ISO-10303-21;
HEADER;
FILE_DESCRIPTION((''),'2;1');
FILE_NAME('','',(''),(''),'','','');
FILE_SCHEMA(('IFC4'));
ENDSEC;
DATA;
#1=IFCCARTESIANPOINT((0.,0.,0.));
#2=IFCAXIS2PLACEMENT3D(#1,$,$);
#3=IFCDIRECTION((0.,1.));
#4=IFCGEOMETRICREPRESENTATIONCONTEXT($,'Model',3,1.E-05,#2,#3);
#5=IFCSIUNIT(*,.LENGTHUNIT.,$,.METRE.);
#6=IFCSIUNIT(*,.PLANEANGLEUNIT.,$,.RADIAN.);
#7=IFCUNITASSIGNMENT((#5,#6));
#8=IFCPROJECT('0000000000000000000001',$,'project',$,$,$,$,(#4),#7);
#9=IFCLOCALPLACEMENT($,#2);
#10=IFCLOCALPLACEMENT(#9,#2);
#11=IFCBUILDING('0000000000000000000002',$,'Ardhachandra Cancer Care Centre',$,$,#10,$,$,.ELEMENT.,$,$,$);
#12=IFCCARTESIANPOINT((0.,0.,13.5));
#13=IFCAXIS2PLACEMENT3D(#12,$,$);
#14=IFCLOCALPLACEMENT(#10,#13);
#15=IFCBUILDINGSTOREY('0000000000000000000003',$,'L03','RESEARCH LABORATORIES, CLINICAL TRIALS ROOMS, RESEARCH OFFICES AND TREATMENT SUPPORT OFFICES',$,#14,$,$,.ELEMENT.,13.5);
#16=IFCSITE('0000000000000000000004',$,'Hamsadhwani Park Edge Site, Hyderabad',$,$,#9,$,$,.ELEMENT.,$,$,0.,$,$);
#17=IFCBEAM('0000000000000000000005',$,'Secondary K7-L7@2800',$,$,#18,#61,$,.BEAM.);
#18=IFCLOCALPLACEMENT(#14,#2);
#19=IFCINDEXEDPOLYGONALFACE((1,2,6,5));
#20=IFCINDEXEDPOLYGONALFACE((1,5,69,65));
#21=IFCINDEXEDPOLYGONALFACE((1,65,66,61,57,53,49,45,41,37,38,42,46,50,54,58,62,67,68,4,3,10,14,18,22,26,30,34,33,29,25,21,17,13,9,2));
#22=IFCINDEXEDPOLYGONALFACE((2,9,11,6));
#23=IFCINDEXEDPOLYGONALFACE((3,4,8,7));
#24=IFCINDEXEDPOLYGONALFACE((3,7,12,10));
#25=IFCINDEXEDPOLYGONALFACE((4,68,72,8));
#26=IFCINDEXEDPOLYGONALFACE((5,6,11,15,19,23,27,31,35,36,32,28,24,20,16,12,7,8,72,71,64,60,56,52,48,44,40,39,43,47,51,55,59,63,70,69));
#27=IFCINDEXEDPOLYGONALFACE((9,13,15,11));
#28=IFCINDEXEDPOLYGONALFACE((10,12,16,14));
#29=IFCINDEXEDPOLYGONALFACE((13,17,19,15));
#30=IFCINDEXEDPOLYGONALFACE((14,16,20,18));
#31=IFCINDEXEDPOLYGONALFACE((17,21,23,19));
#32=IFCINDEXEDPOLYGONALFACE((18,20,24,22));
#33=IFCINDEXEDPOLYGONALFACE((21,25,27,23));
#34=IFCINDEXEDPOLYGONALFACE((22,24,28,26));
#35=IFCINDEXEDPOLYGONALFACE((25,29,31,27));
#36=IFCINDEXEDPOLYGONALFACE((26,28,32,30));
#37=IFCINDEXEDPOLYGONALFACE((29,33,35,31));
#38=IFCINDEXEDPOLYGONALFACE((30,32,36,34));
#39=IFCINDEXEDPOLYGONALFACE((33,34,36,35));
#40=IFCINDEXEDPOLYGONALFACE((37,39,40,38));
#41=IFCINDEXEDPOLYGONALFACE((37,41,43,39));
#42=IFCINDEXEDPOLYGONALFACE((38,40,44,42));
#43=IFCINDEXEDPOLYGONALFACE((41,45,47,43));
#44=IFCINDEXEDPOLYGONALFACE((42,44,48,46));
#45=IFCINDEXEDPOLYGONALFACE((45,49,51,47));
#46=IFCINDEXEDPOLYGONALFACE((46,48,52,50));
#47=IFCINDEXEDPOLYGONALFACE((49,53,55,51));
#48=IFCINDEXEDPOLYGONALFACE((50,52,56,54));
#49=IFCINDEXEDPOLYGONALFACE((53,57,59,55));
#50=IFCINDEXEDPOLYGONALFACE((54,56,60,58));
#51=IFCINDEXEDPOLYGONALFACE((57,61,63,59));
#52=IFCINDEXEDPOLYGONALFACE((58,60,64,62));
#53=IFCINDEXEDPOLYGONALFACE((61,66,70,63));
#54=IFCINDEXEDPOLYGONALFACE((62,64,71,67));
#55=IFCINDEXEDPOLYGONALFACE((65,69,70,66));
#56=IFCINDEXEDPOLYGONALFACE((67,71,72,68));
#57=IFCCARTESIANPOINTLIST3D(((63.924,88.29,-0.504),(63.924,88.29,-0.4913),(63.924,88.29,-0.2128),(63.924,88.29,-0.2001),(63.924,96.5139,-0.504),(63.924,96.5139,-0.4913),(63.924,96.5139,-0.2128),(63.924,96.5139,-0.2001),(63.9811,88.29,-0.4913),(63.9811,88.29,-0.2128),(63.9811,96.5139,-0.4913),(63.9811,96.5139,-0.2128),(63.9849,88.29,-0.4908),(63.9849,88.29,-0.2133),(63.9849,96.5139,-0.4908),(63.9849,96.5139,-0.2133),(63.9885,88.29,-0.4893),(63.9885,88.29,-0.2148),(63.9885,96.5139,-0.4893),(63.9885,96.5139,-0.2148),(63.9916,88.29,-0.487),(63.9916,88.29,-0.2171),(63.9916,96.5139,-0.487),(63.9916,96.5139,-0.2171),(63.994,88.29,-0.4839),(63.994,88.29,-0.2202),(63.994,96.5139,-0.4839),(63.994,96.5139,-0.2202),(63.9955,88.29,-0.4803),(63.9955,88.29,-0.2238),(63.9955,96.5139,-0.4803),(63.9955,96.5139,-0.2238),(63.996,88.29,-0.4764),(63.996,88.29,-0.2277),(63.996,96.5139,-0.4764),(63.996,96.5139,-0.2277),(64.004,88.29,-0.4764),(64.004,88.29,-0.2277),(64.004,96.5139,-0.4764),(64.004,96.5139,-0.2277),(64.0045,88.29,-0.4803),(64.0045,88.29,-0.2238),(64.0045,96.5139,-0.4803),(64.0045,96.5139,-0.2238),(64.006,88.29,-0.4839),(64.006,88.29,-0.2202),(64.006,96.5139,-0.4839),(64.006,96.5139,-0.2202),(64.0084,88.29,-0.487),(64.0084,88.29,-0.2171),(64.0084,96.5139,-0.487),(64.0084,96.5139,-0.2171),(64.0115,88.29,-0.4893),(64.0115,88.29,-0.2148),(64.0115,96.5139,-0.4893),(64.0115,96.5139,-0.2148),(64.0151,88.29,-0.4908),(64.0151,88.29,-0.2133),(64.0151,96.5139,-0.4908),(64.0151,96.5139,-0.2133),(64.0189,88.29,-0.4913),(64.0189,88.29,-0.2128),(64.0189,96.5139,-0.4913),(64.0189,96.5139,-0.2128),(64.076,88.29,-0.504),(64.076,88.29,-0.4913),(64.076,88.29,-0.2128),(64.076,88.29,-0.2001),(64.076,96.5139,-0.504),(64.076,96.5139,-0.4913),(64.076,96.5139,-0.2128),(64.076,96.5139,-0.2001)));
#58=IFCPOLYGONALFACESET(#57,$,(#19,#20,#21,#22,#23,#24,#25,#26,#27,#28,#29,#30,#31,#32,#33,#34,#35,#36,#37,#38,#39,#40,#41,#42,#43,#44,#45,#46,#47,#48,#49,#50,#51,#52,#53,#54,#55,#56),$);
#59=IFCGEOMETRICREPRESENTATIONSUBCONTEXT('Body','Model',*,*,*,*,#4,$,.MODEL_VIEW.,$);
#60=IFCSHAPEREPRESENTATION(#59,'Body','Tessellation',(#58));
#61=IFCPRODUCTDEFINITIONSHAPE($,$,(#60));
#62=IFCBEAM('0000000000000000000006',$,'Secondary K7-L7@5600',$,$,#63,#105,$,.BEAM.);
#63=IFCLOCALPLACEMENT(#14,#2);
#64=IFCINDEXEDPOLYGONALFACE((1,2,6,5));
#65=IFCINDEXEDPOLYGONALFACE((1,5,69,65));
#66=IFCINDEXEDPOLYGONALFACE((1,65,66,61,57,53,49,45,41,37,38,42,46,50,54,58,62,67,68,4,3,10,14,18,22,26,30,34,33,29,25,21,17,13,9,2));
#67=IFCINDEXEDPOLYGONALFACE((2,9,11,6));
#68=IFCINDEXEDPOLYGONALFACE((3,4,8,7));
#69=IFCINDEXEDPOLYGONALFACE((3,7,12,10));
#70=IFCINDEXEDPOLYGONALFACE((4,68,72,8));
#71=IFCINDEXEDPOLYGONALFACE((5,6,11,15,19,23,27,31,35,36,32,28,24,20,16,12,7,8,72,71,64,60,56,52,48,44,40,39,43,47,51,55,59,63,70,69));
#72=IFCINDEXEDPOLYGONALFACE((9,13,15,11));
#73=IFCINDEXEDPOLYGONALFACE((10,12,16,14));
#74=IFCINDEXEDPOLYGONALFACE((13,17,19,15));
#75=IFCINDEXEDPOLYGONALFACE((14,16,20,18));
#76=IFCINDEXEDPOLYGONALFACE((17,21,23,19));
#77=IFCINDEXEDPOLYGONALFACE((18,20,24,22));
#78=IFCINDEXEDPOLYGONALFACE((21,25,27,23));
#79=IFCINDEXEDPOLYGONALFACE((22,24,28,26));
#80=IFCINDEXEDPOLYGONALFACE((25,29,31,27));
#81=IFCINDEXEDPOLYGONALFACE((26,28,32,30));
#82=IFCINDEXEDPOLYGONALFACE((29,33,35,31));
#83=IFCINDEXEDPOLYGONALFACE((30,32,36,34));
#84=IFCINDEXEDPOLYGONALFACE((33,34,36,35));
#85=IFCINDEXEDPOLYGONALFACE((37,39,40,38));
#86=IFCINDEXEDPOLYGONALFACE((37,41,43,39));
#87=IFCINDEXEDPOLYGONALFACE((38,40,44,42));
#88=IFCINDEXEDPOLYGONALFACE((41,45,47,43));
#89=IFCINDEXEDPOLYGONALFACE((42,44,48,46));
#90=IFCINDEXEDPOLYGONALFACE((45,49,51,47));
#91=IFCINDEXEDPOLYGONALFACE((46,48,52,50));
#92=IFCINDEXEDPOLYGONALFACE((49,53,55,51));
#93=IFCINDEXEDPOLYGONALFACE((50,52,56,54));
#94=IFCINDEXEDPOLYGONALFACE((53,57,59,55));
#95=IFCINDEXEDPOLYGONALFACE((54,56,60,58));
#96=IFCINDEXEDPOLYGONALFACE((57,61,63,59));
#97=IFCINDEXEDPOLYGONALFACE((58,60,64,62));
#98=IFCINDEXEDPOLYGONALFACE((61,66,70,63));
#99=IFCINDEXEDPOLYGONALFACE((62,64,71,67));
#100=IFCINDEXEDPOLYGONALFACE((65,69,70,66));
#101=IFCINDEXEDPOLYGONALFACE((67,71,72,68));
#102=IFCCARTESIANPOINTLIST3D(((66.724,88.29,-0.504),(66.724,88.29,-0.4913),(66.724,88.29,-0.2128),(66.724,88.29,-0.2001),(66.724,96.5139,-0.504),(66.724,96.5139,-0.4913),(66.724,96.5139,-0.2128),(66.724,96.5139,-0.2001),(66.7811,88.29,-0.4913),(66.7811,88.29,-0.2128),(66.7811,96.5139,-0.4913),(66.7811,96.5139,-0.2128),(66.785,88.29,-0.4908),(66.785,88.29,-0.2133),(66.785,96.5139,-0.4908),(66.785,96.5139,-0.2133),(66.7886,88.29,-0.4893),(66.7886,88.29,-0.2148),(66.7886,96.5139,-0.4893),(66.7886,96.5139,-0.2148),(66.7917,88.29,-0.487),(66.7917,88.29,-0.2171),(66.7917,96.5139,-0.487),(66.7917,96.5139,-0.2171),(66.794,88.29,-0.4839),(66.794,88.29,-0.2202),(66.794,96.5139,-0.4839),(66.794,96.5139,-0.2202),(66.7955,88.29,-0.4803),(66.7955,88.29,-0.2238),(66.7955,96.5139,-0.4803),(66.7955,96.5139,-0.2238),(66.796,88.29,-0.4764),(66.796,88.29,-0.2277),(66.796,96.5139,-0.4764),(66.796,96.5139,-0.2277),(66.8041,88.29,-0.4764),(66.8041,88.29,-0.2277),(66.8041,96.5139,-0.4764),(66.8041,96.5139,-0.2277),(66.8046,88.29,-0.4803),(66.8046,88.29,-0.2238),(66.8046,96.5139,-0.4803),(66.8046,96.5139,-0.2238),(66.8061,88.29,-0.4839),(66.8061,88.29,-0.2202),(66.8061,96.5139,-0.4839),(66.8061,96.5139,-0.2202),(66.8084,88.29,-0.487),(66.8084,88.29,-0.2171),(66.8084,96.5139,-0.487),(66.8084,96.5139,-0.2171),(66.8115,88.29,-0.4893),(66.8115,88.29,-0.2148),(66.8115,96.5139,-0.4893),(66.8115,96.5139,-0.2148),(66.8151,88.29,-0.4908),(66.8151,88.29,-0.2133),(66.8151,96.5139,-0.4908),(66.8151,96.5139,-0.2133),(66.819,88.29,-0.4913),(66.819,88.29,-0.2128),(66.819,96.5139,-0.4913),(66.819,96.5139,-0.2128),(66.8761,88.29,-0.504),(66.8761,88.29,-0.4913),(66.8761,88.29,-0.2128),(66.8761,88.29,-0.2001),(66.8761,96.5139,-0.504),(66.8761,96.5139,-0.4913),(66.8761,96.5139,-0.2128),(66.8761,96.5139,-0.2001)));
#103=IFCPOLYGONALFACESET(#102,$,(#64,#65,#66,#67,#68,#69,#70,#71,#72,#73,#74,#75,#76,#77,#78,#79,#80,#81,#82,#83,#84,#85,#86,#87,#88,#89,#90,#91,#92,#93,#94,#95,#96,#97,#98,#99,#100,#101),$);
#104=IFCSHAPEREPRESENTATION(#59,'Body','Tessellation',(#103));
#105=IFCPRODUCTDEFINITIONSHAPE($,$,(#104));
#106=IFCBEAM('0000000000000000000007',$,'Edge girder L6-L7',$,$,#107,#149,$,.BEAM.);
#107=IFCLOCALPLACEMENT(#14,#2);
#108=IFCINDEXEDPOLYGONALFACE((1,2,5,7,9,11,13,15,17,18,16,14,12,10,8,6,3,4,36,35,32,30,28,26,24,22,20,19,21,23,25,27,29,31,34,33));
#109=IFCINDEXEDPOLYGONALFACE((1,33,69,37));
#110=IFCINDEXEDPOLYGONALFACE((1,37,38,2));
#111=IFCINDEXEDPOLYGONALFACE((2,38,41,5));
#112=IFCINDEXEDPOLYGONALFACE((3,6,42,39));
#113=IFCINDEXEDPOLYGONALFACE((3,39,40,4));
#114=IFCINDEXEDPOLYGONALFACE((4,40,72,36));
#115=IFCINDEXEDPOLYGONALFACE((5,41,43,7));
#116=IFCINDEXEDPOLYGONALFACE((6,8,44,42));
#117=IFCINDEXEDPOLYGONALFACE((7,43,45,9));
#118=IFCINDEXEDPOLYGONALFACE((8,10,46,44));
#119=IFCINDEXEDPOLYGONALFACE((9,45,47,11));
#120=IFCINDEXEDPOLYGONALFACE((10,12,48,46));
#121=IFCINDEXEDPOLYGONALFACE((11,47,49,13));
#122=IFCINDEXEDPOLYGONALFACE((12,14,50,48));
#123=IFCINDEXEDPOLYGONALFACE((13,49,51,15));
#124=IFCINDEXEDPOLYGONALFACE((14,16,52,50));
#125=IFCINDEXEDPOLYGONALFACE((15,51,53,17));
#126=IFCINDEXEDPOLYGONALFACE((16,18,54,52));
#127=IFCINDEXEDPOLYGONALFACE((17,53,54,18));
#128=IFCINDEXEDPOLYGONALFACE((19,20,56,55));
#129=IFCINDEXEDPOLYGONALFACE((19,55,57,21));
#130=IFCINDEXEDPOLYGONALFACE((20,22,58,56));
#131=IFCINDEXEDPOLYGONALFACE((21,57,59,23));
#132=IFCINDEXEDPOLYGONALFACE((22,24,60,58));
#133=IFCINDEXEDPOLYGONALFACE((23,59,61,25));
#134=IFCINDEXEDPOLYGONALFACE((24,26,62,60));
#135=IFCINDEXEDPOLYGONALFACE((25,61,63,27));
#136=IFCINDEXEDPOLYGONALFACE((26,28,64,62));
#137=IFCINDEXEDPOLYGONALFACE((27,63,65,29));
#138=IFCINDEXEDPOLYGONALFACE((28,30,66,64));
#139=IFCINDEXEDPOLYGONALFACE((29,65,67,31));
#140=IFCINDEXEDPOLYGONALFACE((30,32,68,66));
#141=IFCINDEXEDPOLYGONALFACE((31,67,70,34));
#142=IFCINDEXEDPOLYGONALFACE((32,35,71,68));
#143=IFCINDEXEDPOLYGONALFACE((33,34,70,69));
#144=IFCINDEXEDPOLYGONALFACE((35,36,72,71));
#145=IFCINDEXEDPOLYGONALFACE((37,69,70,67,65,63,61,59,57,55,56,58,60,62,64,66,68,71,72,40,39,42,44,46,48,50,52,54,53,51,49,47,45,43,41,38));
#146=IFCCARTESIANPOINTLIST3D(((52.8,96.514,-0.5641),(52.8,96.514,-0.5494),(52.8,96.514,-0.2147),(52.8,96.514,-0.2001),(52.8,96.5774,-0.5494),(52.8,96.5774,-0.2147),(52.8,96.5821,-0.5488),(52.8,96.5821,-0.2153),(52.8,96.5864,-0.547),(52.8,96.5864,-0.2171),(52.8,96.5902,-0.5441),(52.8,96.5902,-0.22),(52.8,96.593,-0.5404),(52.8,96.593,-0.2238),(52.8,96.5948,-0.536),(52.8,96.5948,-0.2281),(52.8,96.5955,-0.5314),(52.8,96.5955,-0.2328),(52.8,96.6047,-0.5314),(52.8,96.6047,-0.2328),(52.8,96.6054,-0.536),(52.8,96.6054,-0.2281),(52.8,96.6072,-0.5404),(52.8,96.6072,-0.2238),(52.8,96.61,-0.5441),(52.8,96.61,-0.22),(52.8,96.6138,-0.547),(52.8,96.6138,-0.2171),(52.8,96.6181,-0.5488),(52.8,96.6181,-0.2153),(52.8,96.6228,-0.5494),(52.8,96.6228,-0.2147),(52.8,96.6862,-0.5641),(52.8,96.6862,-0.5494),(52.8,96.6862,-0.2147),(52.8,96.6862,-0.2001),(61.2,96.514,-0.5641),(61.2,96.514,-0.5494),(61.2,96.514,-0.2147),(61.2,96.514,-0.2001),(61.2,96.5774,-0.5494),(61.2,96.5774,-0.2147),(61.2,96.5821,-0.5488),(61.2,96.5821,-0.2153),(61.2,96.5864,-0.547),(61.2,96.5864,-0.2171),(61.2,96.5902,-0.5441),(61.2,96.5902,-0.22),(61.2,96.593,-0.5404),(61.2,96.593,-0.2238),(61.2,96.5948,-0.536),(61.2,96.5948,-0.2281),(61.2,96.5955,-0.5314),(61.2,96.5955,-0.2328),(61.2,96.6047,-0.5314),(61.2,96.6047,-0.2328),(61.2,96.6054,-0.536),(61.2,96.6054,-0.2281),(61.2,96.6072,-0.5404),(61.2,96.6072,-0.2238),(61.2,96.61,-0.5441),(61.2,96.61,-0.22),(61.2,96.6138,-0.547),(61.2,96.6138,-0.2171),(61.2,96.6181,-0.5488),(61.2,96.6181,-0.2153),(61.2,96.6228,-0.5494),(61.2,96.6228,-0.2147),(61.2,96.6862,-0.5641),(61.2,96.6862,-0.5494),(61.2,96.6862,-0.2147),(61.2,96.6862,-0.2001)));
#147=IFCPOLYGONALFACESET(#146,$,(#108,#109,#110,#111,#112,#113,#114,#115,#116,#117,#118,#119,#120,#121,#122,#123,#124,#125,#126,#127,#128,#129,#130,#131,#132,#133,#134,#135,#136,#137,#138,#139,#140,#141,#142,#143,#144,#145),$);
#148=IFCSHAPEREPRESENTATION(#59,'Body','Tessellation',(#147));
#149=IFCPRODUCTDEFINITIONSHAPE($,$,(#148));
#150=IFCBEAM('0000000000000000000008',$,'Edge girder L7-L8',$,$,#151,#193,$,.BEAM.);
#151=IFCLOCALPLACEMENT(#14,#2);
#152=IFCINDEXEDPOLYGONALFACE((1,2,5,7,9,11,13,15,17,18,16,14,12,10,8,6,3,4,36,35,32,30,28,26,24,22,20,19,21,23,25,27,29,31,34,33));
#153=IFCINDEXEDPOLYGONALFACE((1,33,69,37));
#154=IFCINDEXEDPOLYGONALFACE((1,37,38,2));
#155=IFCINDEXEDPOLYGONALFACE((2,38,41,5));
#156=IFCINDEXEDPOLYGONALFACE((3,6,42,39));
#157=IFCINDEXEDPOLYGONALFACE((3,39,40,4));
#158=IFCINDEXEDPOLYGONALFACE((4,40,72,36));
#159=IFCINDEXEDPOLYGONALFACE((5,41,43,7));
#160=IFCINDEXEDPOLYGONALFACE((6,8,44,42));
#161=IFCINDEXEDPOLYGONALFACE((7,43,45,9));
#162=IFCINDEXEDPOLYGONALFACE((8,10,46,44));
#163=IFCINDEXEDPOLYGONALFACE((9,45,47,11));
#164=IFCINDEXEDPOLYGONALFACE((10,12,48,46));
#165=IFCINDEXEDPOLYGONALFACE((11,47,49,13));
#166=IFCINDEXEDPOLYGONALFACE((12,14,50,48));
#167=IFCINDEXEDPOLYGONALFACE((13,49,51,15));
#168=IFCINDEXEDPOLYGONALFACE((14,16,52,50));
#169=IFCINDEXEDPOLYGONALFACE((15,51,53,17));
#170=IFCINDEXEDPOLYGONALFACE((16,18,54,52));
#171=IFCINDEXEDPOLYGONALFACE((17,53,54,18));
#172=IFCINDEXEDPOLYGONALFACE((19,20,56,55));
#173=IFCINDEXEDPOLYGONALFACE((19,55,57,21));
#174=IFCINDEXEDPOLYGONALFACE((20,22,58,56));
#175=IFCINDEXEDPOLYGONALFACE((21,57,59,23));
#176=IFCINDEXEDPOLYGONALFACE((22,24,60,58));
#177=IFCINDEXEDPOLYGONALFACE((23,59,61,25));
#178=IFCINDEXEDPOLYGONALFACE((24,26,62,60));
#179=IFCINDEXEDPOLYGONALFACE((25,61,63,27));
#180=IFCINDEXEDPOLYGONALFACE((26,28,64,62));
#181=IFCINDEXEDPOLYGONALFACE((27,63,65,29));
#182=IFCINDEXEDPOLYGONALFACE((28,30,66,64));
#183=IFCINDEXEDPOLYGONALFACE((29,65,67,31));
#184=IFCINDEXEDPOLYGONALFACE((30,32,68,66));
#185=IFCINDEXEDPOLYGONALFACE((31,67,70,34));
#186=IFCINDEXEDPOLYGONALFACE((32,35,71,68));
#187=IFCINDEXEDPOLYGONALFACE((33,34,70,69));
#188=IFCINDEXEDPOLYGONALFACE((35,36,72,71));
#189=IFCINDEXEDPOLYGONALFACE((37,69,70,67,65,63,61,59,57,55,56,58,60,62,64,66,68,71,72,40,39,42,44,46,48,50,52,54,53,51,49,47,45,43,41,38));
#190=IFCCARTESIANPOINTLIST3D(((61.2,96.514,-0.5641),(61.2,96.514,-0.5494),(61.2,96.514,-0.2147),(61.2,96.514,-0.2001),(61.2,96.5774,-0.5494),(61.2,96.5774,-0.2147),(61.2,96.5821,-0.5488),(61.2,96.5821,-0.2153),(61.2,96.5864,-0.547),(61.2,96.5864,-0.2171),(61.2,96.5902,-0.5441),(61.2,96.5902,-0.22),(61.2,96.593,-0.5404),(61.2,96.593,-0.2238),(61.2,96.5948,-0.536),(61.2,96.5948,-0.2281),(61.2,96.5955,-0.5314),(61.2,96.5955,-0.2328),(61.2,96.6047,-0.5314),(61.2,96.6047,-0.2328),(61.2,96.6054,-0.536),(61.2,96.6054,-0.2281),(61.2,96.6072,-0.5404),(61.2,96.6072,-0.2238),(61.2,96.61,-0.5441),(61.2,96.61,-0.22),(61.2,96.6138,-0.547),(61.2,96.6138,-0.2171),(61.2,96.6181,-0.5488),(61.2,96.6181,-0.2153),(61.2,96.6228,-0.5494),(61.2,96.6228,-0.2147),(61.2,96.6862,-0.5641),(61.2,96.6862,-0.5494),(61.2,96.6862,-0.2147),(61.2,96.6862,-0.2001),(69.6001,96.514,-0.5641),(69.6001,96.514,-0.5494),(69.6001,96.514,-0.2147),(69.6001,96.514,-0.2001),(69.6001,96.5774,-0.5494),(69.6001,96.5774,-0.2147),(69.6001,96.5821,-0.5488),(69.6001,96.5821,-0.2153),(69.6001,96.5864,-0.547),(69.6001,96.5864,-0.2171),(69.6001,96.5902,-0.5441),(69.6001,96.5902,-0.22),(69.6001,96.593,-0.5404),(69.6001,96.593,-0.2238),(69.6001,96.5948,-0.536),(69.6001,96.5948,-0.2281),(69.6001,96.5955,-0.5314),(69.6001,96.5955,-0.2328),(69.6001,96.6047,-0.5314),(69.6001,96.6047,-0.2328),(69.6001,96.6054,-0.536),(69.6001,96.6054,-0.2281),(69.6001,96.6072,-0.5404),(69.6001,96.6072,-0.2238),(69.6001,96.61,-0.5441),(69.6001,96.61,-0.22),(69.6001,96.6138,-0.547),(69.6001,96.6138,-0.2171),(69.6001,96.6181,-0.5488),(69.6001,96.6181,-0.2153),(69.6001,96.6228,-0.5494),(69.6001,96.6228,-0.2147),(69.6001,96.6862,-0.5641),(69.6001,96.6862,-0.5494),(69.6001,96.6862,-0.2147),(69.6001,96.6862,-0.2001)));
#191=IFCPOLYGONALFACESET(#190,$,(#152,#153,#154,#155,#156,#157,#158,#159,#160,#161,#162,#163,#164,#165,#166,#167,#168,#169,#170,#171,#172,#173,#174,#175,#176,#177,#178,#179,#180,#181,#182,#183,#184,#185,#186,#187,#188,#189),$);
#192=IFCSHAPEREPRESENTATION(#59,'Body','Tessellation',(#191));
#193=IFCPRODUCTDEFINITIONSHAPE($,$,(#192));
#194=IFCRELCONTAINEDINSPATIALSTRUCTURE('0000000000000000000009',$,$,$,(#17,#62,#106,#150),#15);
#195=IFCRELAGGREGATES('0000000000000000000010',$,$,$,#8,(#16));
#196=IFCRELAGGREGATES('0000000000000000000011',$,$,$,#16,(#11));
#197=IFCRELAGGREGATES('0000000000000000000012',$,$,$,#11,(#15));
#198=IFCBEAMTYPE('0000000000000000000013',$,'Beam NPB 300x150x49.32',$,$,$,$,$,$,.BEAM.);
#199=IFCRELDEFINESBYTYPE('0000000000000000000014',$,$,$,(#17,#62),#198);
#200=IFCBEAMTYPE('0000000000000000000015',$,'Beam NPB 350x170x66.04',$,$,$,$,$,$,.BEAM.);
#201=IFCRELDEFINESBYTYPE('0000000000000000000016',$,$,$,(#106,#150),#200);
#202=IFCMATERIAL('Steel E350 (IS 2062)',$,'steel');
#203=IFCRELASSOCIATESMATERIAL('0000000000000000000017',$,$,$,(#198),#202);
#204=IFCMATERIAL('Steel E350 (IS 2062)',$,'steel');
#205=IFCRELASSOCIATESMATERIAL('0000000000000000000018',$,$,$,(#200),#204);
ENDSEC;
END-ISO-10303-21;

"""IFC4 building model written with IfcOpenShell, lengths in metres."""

from ifc_helpers import new_model, si_unit, direction, frame, origin, origin_2d, place, context, subcontext, project, spatial, i_section, extrude, material, material_profile, profile_set, type_object, element, save


model = new_model("IFC4")

# Units and contexts
model_context = context("Model", 3, precision=1e-05, world=origin(), true_north=direction((0.0, 1.0)))
body_context = subcontext(model_context, "Body", "Model", "MODEL_VIEW")
ifc_project = project(units=[si_unit("LENGTHUNIT", "METRE"), si_unit("PLANEANGLEUNIT", "RADIAN")], contexts=[model_context])

# Site, building, storey
site_placement = place(None, origin())
site = spatial("IfcSite", under=ifc_project, at=site_placement, Name="Hamsadhwani Park Edge Site, Hyderabad", CompositionType="ELEMENT", RefElevation=0.0)
building_placement = place(site_placement, origin())
building = spatial("IfcBuilding", under=site, at=building_placement, Name="Ardhachandra Cancer Care Centre", CompositionType="ELEMENT")
storey_placement = place(building_placement, frame((0.0, 0.0, 13.5)))
storey = spatial("IfcBuildingStorey", under=building, at=storey_placement, Name="L03", Description="RESEARCH LABORATORIES, CLINICAL TRIALS ROOMS, RESEARCH OFFICES AND TREATMENT SUPPORT OFFICES", CompositionType="ELEMENT", Elevation=13.5)

# Beams
ifc_material_1 = material(Name="Steel E350 (IS 2062)", Category="steel")
ifc_material_profile_1 = material_profile(ifc_material_1, i_section(OverallWidth=0.1521, OverallDepth=0.304, WebThickness=0.0081, FlangeThickness=0.0127, FilletRadius=0.0149, at=origin_2d()), Name="NPB 300x150x49.32")
ifc_profile_set_1 = profile_set([ifc_material_profile_1], Name="Steel E350 (IS 2062)")
beam_type_1 = type_object("IfcBeamType", Name="Beam NPB 300x150x49.32", PredefinedType="BEAM", material=ifc_profile_set_1)
for number, where, z_axis, x_axis, name in (
    (1, (64.0, 88.29, -0.3521), (0.0, 1.0, 0.0), (-1.0, 0.0, 0.0), "Secondary K7-L7@2800"),
    (2, (66.8, 88.29, -0.3521), (0.0, 1.0, 0.0), (-1.0, 0.0, 0.0), "Secondary K7-L7@5600"),
):
    element("IfcBeam", number, at=place(storey_placement, frame(where, z_axis=z_axis, x_axis=x_axis)), inside=storey, type_object=beam_type_1, Name=name, PredefinedType="BEAM", context=body_context, shape_type="SweptSolid", body=[
        extrude(i_section(OverallWidth=0.1521, OverallDepth=0.304, WebThickness=0.0081, FlangeThickness=0.0127, FilletRadius=0.0149, at=origin_2d()), origin(), (0.0, 0.0, 1.0), 8.2239),
    ])
ifc_material_2 = material(Name="Steel E350 (IS 2062)", Category="steel")
ifc_material_profile_2 = material_profile(ifc_material_2, i_section(OverallWidth=0.1721, OverallDepth=0.364, WebThickness=0.0093, FlangeThickness=0.0146, FilletRadius=0.0181, at=origin_2d()), Name="NPB 350x170x66.04")
ifc_profile_set_2 = profile_set([ifc_material_profile_2], Name="Steel E350 (IS 2062)")
beam_type_2 = type_object("IfcBeamType", Name="Beam NPB 350x170x66.04", PredefinedType="BEAM", material=ifc_profile_set_2)
beam_1_placement = place(storey_placement, frame((52.8, 96.6001, -0.3821), z_axis=(1.0, 0.0, 0.0), x_axis=(0.0, 1.0, 0.0)))
element("IfcBeam", 3, at=beam_1_placement, inside=storey, type_object=beam_type_2, Name="Edge girder L6-L7", PredefinedType="BEAM", context=body_context, shape_type="SweptSolid", body=[
    extrude(i_section(OverallWidth=0.1721, OverallDepth=0.364, WebThickness=0.0093, FlangeThickness=0.0146, FilletRadius=0.0181, at=origin_2d()), origin(), (0.0, 0.0, 1.0), 8.3999),
])
beam_2_placement = place(storey_placement, frame((61.2, 96.6001, -0.3821), z_axis=(1.0, 0.0, 0.0), x_axis=(0.0, 1.0, 0.0)))
element("IfcBeam", 4, at=beam_2_placement, inside=storey, type_object=beam_type_2, Name="Edge girder L7-L8", PredefinedType="BEAM", context=body_context, shape_type="SweptSolid", body=[
    extrude(i_section(OverallWidth=0.1721, OverallDepth=0.364, WebThickness=0.0093, FlangeThickness=0.0146, FilletRadius=0.0181, at=origin_2d()), origin(), (0.0, 0.0, 1.0), 8.4001),
])

save(model, "model.ifc")
